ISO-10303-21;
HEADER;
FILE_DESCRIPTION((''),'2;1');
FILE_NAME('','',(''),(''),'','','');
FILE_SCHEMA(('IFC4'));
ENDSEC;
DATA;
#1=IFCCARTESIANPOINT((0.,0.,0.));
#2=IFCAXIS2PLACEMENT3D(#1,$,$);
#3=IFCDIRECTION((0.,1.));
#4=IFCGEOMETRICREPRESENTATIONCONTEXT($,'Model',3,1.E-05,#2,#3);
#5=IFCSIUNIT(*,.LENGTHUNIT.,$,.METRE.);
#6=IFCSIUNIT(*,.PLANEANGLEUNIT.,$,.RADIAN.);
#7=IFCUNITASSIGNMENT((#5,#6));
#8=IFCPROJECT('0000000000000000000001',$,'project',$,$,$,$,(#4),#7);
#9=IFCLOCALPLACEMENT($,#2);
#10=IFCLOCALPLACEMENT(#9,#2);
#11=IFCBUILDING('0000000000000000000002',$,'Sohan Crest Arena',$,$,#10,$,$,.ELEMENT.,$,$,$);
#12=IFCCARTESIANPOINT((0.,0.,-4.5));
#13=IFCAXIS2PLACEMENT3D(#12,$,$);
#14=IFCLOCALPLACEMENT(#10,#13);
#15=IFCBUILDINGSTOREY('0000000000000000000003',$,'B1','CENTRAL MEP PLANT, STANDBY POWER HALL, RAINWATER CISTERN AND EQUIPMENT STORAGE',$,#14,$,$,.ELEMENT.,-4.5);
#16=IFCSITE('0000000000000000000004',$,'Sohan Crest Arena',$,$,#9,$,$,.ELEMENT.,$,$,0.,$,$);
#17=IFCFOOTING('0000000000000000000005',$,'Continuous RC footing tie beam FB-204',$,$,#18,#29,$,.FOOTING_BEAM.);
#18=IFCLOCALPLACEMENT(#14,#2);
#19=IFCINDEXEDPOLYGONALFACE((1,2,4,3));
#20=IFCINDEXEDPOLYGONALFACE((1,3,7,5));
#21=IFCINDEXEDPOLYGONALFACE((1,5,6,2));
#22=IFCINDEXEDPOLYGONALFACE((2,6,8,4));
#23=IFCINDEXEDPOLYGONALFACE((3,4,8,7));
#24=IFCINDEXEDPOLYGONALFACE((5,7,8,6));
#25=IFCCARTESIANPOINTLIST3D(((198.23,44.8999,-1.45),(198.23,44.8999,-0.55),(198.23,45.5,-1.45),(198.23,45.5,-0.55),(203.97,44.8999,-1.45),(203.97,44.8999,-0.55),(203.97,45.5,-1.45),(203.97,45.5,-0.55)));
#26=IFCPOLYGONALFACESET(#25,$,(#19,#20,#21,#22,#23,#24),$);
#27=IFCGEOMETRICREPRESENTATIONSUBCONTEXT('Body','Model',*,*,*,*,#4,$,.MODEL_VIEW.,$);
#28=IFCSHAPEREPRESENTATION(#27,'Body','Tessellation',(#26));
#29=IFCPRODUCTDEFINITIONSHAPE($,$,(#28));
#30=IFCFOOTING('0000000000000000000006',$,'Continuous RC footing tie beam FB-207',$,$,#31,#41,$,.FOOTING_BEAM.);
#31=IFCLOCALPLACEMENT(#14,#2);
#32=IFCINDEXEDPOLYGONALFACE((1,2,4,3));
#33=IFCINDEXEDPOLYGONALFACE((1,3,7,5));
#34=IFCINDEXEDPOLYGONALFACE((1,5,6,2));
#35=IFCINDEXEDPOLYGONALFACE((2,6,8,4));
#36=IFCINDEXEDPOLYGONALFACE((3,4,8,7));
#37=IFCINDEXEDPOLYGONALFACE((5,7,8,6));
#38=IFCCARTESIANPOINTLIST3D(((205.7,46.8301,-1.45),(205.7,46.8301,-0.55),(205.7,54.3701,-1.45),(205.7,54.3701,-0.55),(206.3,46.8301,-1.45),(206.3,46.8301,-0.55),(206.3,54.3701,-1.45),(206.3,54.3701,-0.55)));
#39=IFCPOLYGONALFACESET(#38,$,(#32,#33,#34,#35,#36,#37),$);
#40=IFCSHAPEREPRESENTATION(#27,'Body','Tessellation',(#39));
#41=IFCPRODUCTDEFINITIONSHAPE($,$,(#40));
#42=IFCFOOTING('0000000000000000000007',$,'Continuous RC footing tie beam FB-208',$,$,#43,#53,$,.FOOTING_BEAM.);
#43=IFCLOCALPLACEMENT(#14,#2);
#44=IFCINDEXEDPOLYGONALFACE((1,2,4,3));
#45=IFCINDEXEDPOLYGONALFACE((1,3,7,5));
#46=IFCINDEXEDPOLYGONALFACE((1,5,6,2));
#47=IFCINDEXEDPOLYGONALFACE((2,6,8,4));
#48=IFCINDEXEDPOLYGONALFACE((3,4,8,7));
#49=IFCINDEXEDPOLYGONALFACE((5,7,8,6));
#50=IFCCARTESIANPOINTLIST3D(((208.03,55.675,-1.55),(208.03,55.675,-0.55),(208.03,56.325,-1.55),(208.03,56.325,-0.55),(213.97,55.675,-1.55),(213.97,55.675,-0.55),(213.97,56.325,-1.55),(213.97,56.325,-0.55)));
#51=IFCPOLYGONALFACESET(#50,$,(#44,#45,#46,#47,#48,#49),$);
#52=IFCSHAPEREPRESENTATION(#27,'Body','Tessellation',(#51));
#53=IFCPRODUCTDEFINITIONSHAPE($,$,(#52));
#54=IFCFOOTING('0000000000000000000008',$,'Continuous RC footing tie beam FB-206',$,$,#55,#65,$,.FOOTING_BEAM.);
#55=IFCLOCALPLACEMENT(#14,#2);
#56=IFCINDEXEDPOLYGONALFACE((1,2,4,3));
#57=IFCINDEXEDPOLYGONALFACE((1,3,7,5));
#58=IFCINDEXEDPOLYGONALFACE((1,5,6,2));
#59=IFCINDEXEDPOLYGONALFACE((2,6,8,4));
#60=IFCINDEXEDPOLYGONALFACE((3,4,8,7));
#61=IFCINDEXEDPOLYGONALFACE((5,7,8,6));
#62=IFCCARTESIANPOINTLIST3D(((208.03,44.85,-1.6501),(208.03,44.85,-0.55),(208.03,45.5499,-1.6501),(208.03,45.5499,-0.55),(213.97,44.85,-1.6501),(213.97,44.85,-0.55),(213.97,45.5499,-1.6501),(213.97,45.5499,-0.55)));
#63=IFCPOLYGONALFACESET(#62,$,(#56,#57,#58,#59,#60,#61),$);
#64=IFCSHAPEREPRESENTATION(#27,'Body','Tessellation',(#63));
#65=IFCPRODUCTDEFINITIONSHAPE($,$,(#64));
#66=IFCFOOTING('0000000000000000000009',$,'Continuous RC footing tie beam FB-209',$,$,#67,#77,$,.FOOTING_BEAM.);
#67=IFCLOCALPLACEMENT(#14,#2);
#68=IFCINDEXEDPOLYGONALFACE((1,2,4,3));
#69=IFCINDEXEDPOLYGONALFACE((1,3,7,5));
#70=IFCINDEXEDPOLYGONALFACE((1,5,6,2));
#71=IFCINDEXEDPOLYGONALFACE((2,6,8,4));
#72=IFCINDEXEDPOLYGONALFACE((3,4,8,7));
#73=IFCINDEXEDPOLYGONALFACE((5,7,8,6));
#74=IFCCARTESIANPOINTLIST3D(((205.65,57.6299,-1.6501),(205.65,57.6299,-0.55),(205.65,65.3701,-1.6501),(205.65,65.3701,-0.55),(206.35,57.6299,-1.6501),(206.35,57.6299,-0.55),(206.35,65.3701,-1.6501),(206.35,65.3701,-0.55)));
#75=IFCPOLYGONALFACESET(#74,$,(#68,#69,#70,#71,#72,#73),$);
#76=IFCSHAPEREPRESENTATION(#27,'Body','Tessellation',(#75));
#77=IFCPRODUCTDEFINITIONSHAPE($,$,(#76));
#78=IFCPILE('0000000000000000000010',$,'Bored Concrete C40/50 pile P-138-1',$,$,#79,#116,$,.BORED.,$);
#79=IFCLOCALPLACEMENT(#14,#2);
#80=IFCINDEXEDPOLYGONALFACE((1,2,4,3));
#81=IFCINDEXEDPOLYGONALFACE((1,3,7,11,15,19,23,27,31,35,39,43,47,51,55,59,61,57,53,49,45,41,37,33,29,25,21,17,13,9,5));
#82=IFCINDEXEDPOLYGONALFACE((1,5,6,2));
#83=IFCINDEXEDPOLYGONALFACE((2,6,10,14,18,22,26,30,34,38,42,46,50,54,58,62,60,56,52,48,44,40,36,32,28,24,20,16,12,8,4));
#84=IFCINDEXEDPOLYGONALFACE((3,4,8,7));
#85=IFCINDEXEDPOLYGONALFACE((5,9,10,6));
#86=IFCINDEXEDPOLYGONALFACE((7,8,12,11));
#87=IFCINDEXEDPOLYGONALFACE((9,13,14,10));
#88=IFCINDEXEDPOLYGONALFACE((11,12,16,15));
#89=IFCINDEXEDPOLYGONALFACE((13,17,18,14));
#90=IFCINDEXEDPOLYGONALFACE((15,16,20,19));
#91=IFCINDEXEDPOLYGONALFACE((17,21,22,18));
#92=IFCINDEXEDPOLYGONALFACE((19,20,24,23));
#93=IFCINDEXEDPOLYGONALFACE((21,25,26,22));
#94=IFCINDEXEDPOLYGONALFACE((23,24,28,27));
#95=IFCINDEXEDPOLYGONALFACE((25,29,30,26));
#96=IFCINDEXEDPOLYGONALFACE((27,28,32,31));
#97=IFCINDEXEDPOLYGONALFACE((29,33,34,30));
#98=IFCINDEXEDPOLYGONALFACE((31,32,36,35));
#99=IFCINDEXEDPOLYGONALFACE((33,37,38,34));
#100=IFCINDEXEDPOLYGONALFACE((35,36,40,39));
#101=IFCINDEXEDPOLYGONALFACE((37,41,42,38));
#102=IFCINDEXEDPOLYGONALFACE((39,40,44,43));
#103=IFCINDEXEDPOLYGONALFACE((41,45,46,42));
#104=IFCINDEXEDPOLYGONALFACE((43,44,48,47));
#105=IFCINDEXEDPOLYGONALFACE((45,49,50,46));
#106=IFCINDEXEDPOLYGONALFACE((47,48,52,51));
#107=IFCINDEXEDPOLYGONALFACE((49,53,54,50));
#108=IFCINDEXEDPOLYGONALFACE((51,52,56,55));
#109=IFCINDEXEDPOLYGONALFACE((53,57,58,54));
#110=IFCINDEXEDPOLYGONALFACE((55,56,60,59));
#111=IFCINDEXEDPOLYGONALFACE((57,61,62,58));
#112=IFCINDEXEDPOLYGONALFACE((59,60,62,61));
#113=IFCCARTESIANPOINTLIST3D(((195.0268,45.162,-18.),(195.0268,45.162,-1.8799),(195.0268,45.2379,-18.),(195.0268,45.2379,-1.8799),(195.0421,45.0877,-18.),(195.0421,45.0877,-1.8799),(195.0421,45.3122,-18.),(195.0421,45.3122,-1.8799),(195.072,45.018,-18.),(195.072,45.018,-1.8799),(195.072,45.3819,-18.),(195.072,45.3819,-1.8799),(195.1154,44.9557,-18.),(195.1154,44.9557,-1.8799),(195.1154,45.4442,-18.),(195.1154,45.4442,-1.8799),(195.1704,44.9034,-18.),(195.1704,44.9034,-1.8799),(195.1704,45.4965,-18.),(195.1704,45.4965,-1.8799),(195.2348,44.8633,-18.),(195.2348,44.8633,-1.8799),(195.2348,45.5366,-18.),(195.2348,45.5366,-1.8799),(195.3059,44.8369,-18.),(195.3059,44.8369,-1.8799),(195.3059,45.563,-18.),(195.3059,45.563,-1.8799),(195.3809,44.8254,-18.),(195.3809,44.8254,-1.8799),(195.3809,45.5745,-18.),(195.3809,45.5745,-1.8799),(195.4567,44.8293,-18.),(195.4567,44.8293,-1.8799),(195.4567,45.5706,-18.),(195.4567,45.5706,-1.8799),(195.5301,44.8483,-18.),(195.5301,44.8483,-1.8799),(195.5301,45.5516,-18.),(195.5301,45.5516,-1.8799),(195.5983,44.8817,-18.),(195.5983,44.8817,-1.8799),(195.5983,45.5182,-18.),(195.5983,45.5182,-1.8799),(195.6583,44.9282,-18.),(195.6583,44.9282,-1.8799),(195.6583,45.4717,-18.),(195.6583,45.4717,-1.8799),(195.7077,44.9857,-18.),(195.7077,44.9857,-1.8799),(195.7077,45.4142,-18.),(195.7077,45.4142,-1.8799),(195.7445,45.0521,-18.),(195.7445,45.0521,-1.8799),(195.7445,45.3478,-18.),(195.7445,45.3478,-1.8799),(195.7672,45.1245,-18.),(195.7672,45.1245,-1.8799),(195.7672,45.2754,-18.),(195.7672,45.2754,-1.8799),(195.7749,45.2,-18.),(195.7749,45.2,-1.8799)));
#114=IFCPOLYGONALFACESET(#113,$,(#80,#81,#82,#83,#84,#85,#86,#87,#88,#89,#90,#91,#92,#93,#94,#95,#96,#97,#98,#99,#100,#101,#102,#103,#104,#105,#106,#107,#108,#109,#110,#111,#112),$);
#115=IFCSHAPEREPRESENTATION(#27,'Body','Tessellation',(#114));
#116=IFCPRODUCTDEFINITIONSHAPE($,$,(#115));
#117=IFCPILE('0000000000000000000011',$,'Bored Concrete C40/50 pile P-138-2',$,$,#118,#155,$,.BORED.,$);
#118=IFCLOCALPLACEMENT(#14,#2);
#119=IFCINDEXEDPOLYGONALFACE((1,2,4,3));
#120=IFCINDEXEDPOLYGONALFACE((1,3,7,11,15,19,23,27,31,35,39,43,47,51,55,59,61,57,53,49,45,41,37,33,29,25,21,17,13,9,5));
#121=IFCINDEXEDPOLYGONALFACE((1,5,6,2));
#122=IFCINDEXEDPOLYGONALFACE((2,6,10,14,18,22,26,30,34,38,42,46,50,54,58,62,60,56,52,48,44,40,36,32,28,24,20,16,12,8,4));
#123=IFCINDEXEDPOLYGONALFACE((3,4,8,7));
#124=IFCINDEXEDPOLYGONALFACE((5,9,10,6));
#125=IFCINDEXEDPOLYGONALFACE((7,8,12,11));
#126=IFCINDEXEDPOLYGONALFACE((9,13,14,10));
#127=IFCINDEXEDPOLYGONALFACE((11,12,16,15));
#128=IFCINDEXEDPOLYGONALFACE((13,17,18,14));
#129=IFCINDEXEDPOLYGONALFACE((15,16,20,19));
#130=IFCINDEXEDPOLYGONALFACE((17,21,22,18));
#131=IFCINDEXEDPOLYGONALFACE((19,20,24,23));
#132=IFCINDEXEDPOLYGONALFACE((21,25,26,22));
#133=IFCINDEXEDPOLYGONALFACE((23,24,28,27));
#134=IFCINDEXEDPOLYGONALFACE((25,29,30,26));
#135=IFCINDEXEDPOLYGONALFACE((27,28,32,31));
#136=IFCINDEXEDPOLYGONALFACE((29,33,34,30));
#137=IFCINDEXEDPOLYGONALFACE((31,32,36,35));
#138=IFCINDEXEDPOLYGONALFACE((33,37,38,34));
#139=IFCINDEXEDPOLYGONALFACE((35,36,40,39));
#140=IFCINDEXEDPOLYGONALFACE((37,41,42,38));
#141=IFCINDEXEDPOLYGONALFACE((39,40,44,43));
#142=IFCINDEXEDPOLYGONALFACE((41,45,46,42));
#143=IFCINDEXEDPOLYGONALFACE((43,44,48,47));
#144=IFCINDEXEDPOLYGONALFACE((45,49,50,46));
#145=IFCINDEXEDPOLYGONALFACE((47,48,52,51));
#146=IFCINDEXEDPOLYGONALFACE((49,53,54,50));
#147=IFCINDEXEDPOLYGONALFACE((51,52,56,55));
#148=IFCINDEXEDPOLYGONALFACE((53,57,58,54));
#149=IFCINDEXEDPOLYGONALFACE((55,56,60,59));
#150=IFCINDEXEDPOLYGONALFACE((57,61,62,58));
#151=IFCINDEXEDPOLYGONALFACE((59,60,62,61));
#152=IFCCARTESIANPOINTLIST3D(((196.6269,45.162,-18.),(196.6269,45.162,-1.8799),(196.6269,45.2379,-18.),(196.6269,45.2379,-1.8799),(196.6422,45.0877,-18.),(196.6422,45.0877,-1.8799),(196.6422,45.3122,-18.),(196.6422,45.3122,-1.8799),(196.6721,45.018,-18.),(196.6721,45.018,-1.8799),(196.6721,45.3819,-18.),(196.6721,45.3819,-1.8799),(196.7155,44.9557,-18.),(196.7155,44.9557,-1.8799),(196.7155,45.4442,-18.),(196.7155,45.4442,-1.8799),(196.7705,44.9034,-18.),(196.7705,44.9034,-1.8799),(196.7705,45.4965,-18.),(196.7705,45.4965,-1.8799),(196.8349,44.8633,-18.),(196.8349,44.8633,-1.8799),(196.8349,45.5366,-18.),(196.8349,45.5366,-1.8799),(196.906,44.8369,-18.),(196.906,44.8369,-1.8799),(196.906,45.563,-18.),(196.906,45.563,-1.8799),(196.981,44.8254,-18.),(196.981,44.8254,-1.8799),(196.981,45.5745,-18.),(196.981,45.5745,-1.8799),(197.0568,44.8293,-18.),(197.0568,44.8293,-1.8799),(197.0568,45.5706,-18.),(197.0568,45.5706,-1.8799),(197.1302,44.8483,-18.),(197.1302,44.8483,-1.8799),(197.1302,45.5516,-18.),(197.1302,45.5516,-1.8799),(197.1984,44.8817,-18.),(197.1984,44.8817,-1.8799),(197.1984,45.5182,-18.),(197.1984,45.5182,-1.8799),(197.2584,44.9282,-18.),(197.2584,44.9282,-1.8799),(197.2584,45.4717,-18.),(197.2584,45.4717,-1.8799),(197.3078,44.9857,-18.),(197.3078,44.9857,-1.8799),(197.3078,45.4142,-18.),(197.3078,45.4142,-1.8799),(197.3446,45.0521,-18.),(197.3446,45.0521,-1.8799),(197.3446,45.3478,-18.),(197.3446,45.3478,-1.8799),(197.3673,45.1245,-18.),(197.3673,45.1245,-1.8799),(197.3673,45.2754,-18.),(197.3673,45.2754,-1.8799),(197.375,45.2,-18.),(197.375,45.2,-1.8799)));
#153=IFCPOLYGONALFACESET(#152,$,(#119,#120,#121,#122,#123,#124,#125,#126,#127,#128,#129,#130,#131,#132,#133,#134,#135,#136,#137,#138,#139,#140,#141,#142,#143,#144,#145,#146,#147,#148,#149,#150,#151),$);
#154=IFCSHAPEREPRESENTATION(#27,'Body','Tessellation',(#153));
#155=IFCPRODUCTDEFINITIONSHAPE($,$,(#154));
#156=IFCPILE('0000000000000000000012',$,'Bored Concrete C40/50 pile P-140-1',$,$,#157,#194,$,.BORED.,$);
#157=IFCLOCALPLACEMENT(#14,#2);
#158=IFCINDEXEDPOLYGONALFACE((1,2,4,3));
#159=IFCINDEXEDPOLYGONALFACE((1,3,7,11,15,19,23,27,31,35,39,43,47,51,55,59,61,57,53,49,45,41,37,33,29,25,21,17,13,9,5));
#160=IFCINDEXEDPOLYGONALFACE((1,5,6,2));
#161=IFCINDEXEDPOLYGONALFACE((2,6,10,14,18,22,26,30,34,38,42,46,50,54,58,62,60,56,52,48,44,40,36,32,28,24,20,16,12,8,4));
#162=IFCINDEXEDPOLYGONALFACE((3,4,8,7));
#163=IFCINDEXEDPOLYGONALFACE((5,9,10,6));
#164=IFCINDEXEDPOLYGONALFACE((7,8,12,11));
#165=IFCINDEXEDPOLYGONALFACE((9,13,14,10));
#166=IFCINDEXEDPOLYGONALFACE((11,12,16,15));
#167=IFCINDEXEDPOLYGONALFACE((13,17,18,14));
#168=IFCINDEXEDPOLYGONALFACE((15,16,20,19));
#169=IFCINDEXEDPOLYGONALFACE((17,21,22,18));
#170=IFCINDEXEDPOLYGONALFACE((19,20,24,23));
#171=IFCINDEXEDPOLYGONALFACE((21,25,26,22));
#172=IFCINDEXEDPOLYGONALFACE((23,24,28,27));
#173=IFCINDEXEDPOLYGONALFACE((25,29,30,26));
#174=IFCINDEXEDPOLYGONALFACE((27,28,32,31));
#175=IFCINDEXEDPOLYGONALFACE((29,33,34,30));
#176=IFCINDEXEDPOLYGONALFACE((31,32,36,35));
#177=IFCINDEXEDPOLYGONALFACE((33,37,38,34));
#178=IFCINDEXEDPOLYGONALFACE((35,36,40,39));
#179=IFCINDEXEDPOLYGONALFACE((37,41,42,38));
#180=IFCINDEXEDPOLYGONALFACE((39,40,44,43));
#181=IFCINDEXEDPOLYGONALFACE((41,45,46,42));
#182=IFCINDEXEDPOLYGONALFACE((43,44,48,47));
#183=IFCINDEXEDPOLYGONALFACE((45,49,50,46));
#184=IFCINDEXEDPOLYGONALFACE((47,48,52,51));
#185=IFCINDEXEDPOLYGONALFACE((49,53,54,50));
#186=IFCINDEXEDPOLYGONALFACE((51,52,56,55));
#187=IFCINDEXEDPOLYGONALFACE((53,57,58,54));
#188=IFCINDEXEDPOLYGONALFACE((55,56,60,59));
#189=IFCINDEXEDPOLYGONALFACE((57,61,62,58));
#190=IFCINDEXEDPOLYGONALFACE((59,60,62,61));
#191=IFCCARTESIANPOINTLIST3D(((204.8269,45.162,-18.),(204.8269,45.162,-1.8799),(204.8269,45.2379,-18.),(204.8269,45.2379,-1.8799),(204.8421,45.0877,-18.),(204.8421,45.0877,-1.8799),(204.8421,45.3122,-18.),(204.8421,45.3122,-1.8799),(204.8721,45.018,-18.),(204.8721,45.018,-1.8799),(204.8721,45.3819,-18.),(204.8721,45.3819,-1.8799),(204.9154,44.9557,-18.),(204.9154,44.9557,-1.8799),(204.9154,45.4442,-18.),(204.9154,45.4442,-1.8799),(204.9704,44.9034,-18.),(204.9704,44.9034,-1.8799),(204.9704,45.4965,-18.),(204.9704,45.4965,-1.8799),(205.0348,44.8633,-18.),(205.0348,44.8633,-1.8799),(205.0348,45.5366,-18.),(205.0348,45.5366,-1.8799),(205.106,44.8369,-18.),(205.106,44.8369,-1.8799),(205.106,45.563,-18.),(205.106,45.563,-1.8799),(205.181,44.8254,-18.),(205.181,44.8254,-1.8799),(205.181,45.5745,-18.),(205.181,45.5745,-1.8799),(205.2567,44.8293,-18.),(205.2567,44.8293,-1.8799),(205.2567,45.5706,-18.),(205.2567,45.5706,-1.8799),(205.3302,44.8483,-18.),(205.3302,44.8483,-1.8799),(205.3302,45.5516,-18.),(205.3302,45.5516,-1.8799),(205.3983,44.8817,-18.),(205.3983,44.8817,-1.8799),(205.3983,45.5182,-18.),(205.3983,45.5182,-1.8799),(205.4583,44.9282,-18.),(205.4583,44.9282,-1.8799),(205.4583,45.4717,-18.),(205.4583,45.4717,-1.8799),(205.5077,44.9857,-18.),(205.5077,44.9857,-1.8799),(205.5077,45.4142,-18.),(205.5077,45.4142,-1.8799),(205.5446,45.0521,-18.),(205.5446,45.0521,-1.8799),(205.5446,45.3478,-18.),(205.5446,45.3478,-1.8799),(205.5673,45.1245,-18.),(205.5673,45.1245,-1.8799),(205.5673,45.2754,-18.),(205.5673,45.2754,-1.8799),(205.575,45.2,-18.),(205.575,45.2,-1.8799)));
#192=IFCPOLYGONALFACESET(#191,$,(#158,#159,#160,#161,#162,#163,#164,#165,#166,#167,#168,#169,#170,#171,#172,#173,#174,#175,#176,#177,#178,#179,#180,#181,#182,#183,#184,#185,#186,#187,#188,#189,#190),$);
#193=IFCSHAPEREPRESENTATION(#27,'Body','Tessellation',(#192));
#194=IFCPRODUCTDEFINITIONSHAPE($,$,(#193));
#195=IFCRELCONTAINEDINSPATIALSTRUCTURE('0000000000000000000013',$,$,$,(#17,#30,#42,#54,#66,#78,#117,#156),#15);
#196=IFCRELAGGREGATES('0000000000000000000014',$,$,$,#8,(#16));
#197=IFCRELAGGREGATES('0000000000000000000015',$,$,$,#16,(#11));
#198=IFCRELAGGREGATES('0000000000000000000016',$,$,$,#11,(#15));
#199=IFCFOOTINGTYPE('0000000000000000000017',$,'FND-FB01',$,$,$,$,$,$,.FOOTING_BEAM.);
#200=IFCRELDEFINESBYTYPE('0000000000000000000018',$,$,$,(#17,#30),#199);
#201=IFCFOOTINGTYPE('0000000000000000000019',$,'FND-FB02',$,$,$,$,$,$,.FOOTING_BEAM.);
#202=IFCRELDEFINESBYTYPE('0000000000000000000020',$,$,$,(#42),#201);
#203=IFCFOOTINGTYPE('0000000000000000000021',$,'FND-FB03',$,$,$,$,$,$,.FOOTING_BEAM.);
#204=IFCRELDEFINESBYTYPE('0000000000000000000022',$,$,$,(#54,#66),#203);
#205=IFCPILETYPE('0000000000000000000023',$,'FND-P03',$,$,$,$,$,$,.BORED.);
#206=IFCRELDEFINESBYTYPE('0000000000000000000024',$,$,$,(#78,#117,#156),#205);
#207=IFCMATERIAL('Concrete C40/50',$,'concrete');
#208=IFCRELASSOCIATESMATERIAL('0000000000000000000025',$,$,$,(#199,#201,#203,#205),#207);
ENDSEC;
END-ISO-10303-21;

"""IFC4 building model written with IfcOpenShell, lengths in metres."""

from ifc_helpers import new_model, si_unit, direction, frame, origin, origin_2d, place, context, subcontext, project, spatial, rectangle, circle, extrude, material, material_profile, profile_set, type_object, element, save


model = new_model("IFC4")

# Units and contexts
model_context = context("Model", 3, precision=1e-05, world=origin(), true_north=direction((0.0, 1.0)))
body_context = subcontext(model_context, "Body", "Model", "MODEL_VIEW")
ifc_project = project(units=[si_unit("LENGTHUNIT", "METRE"), si_unit("PLANEANGLEUNIT", "RADIAN")], contexts=[model_context])

# Site, building, storey
site_placement = place(None, origin())
site = spatial("IfcSite", under=ifc_project, at=site_placement, Name="Sohan Crest Arena", CompositionType="ELEMENT", RefElevation=0.0)
building_placement = place(site_placement, origin())
building = spatial("IfcBuilding", under=site, at=building_placement, Name="Sohan Crest Arena", CompositionType="ELEMENT")
storey_placement = place(building_placement, frame((0.0, 0.0, -4.5)))
storey = spatial("IfcBuildingStorey", under=building, at=storey_placement, Name="B1", Description="CENTRAL MEP PLANT, STANDBY POWER HALL, RAINWATER CISTERN AND EQUIPMENT STORAGE", CompositionType="ELEMENT", Elevation=-4.5)

# Footings
ifc_material_1 = material(Name="Concrete C40/50", Category="concrete")
ifc_material_profile_1 = material_profile(ifc_material_1, rectangle(XDim=0.6001, YDim=0.8999, at=origin_2d()), Name="RC-FB 600x900")
ifc_profile_set_1 = profile_set([ifc_material_profile_1], Name="Concrete C40/50")
footing_type_1 = type_object("IfcFootingType", Name="FND-FB01", PredefinedType="FOOTING_BEAM", material=ifc_profile_set_1)
footing_1_placement = place(storey_placement, frame((198.23, 45.2, -1.0), z_axis=(1.0, 0.0, 0.0), x_axis=(0.0, 1.0, 0.0)))
element("IfcFooting", 1, at=footing_1_placement, inside=storey, type_object=footing_type_1, Name="Continuous RC footing tie beam FB-204", PredefinedType="FOOTING_BEAM", context=body_context, shape_type="SweptSolid", body=[
    extrude(rectangle(XDim=0.6001, YDim=0.8999, at=origin_2d()), origin(), (0.0, 0.0, 1.0), 5.74),
])
footing_2_placement = place(storey_placement, frame((206.0, 46.8301, -1.0), z_axis=(0.0, 1.0, 0.0), x_axis=(-1.0, 0.0, 0.0)))
element("IfcFooting", 2, at=footing_2_placement, inside=storey, type_object=footing_type_1, Name="Continuous RC footing tie beam FB-207", PredefinedType="FOOTING_BEAM", context=body_context, shape_type="SweptSolid", body=[
    extrude(rectangle(XDim=0.6001, YDim=0.8999, at=origin_2d()), origin(), (0.0, 0.0, 1.0), 7.54),
])
ifc_material_profile_2 = material_profile(ifc_material_1, rectangle(XDim=0.6499, YDim=1.0, at=origin_2d()), Name="RC-FB 650x1000")
ifc_profile_set_2 = profile_set([ifc_material_profile_2], Name="Concrete C40/50")
footing_type_2 = type_object("IfcFootingType", Name="FND-FB02", PredefinedType="FOOTING_BEAM", material=ifc_profile_set_2)
footing_3_placement = place(storey_placement, frame((208.03, 56.0, -1.05), z_axis=(1.0, 0.0, 0.0), x_axis=(0.0, 1.0, 0.0)))
element("IfcFooting", 3, at=footing_3_placement, inside=storey, type_object=footing_type_2, Name="Continuous RC footing tie beam FB-208", PredefinedType="FOOTING_BEAM", context=body_context, shape_type="SweptSolid", body=[
    extrude(rectangle(XDim=0.6499, YDim=1.0, at=origin_2d()), origin(), (0.0, 0.0, 1.0), 5.9399),
])
ifc_material_profile_3 = material_profile(ifc_material_1, rectangle(XDim=0.7, YDim=1.1001, at=origin_2d()), Name="RC-FB 700x1100")
ifc_profile_set_3 = profile_set([ifc_material_profile_3], Name="Concrete C40/50")
footing_type_3 = type_object("IfcFootingType", Name="FND-FB03", PredefinedType="FOOTING_BEAM", material=ifc_profile_set_3)
footing_4_placement = place(storey_placement, frame((208.03, 45.2, -1.1001), z_axis=(1.0, 0.0, 0.0), x_axis=(0.0, 1.0, 0.0)))
element("IfcFooting", 4, at=footing_4_placement, inside=storey, type_object=footing_type_3, Name="Continuous RC footing tie beam FB-206", PredefinedType="FOOTING_BEAM", context=body_context, shape_type="SweptSolid", body=[
    extrude(rectangle(XDim=0.7, YDim=1.1001, at=origin_2d()), origin(), (0.0, 0.0, 1.0), 5.9399),
])
footing_5_placement = place(storey_placement, frame((206.0, 57.6299, -1.1001), z_axis=(0.0, 1.0, 0.0), x_axis=(-1.0, 0.0, 0.0)))
element("IfcFooting", 5, at=footing_5_placement, inside=storey, type_object=footing_type_3, Name="Continuous RC footing tie beam FB-209", PredefinedType="FOOTING_BEAM", context=body_context, shape_type="SweptSolid", body=[
    extrude(rectangle(XDim=0.7, YDim=1.1001, at=origin_2d()), origin(), (0.0, 0.0, 1.0), 7.7402),
])

# Piles
ifc_material_profile_4 = material_profile(ifc_material_1, circle(Radius=0.375, at=origin_2d()), Name="PILE D750")
ifc_profile_set_4 = profile_set([ifc_material_profile_4], Name="Concrete C40/50")
pile_type = type_object("IfcPileType", Name="FND-P03", PredefinedType="BORED", material=ifc_profile_set_4)
for number, where, z_axis, x_axis, name in (
    (6, (195.3999, 45.2, -18.0), (0.0, 0.0, 1.0), (1.0, 0.0, 0.0), "Bored Concrete C40/50 pile P-138-1"),
    (7, (197.0, 45.2, -18.0), (0.0, 0.0, 1.0), (1.0, 0.0, 0.0), "Bored Concrete C40/50 pile P-138-2"),
    (8, (205.2, 45.2, -18.0), (0.0, 0.0, 1.0), (1.0, 0.0, 0.0), "Bored Concrete C40/50 pile P-140-1"),
):
    element("IfcPile", number, at=place(storey_placement, frame(where, z_axis=z_axis, x_axis=x_axis)), inside=storey, type_object=pile_type, Name=name, PredefinedType="BORED", context=body_context, shape_type="SweptSolid", body=[
        extrude(circle(Radius=0.375, at=origin_2d()), origin(), (0.0, 0.0, 1.0), 16.1201),
    ])

save(model, "model.ifc")
